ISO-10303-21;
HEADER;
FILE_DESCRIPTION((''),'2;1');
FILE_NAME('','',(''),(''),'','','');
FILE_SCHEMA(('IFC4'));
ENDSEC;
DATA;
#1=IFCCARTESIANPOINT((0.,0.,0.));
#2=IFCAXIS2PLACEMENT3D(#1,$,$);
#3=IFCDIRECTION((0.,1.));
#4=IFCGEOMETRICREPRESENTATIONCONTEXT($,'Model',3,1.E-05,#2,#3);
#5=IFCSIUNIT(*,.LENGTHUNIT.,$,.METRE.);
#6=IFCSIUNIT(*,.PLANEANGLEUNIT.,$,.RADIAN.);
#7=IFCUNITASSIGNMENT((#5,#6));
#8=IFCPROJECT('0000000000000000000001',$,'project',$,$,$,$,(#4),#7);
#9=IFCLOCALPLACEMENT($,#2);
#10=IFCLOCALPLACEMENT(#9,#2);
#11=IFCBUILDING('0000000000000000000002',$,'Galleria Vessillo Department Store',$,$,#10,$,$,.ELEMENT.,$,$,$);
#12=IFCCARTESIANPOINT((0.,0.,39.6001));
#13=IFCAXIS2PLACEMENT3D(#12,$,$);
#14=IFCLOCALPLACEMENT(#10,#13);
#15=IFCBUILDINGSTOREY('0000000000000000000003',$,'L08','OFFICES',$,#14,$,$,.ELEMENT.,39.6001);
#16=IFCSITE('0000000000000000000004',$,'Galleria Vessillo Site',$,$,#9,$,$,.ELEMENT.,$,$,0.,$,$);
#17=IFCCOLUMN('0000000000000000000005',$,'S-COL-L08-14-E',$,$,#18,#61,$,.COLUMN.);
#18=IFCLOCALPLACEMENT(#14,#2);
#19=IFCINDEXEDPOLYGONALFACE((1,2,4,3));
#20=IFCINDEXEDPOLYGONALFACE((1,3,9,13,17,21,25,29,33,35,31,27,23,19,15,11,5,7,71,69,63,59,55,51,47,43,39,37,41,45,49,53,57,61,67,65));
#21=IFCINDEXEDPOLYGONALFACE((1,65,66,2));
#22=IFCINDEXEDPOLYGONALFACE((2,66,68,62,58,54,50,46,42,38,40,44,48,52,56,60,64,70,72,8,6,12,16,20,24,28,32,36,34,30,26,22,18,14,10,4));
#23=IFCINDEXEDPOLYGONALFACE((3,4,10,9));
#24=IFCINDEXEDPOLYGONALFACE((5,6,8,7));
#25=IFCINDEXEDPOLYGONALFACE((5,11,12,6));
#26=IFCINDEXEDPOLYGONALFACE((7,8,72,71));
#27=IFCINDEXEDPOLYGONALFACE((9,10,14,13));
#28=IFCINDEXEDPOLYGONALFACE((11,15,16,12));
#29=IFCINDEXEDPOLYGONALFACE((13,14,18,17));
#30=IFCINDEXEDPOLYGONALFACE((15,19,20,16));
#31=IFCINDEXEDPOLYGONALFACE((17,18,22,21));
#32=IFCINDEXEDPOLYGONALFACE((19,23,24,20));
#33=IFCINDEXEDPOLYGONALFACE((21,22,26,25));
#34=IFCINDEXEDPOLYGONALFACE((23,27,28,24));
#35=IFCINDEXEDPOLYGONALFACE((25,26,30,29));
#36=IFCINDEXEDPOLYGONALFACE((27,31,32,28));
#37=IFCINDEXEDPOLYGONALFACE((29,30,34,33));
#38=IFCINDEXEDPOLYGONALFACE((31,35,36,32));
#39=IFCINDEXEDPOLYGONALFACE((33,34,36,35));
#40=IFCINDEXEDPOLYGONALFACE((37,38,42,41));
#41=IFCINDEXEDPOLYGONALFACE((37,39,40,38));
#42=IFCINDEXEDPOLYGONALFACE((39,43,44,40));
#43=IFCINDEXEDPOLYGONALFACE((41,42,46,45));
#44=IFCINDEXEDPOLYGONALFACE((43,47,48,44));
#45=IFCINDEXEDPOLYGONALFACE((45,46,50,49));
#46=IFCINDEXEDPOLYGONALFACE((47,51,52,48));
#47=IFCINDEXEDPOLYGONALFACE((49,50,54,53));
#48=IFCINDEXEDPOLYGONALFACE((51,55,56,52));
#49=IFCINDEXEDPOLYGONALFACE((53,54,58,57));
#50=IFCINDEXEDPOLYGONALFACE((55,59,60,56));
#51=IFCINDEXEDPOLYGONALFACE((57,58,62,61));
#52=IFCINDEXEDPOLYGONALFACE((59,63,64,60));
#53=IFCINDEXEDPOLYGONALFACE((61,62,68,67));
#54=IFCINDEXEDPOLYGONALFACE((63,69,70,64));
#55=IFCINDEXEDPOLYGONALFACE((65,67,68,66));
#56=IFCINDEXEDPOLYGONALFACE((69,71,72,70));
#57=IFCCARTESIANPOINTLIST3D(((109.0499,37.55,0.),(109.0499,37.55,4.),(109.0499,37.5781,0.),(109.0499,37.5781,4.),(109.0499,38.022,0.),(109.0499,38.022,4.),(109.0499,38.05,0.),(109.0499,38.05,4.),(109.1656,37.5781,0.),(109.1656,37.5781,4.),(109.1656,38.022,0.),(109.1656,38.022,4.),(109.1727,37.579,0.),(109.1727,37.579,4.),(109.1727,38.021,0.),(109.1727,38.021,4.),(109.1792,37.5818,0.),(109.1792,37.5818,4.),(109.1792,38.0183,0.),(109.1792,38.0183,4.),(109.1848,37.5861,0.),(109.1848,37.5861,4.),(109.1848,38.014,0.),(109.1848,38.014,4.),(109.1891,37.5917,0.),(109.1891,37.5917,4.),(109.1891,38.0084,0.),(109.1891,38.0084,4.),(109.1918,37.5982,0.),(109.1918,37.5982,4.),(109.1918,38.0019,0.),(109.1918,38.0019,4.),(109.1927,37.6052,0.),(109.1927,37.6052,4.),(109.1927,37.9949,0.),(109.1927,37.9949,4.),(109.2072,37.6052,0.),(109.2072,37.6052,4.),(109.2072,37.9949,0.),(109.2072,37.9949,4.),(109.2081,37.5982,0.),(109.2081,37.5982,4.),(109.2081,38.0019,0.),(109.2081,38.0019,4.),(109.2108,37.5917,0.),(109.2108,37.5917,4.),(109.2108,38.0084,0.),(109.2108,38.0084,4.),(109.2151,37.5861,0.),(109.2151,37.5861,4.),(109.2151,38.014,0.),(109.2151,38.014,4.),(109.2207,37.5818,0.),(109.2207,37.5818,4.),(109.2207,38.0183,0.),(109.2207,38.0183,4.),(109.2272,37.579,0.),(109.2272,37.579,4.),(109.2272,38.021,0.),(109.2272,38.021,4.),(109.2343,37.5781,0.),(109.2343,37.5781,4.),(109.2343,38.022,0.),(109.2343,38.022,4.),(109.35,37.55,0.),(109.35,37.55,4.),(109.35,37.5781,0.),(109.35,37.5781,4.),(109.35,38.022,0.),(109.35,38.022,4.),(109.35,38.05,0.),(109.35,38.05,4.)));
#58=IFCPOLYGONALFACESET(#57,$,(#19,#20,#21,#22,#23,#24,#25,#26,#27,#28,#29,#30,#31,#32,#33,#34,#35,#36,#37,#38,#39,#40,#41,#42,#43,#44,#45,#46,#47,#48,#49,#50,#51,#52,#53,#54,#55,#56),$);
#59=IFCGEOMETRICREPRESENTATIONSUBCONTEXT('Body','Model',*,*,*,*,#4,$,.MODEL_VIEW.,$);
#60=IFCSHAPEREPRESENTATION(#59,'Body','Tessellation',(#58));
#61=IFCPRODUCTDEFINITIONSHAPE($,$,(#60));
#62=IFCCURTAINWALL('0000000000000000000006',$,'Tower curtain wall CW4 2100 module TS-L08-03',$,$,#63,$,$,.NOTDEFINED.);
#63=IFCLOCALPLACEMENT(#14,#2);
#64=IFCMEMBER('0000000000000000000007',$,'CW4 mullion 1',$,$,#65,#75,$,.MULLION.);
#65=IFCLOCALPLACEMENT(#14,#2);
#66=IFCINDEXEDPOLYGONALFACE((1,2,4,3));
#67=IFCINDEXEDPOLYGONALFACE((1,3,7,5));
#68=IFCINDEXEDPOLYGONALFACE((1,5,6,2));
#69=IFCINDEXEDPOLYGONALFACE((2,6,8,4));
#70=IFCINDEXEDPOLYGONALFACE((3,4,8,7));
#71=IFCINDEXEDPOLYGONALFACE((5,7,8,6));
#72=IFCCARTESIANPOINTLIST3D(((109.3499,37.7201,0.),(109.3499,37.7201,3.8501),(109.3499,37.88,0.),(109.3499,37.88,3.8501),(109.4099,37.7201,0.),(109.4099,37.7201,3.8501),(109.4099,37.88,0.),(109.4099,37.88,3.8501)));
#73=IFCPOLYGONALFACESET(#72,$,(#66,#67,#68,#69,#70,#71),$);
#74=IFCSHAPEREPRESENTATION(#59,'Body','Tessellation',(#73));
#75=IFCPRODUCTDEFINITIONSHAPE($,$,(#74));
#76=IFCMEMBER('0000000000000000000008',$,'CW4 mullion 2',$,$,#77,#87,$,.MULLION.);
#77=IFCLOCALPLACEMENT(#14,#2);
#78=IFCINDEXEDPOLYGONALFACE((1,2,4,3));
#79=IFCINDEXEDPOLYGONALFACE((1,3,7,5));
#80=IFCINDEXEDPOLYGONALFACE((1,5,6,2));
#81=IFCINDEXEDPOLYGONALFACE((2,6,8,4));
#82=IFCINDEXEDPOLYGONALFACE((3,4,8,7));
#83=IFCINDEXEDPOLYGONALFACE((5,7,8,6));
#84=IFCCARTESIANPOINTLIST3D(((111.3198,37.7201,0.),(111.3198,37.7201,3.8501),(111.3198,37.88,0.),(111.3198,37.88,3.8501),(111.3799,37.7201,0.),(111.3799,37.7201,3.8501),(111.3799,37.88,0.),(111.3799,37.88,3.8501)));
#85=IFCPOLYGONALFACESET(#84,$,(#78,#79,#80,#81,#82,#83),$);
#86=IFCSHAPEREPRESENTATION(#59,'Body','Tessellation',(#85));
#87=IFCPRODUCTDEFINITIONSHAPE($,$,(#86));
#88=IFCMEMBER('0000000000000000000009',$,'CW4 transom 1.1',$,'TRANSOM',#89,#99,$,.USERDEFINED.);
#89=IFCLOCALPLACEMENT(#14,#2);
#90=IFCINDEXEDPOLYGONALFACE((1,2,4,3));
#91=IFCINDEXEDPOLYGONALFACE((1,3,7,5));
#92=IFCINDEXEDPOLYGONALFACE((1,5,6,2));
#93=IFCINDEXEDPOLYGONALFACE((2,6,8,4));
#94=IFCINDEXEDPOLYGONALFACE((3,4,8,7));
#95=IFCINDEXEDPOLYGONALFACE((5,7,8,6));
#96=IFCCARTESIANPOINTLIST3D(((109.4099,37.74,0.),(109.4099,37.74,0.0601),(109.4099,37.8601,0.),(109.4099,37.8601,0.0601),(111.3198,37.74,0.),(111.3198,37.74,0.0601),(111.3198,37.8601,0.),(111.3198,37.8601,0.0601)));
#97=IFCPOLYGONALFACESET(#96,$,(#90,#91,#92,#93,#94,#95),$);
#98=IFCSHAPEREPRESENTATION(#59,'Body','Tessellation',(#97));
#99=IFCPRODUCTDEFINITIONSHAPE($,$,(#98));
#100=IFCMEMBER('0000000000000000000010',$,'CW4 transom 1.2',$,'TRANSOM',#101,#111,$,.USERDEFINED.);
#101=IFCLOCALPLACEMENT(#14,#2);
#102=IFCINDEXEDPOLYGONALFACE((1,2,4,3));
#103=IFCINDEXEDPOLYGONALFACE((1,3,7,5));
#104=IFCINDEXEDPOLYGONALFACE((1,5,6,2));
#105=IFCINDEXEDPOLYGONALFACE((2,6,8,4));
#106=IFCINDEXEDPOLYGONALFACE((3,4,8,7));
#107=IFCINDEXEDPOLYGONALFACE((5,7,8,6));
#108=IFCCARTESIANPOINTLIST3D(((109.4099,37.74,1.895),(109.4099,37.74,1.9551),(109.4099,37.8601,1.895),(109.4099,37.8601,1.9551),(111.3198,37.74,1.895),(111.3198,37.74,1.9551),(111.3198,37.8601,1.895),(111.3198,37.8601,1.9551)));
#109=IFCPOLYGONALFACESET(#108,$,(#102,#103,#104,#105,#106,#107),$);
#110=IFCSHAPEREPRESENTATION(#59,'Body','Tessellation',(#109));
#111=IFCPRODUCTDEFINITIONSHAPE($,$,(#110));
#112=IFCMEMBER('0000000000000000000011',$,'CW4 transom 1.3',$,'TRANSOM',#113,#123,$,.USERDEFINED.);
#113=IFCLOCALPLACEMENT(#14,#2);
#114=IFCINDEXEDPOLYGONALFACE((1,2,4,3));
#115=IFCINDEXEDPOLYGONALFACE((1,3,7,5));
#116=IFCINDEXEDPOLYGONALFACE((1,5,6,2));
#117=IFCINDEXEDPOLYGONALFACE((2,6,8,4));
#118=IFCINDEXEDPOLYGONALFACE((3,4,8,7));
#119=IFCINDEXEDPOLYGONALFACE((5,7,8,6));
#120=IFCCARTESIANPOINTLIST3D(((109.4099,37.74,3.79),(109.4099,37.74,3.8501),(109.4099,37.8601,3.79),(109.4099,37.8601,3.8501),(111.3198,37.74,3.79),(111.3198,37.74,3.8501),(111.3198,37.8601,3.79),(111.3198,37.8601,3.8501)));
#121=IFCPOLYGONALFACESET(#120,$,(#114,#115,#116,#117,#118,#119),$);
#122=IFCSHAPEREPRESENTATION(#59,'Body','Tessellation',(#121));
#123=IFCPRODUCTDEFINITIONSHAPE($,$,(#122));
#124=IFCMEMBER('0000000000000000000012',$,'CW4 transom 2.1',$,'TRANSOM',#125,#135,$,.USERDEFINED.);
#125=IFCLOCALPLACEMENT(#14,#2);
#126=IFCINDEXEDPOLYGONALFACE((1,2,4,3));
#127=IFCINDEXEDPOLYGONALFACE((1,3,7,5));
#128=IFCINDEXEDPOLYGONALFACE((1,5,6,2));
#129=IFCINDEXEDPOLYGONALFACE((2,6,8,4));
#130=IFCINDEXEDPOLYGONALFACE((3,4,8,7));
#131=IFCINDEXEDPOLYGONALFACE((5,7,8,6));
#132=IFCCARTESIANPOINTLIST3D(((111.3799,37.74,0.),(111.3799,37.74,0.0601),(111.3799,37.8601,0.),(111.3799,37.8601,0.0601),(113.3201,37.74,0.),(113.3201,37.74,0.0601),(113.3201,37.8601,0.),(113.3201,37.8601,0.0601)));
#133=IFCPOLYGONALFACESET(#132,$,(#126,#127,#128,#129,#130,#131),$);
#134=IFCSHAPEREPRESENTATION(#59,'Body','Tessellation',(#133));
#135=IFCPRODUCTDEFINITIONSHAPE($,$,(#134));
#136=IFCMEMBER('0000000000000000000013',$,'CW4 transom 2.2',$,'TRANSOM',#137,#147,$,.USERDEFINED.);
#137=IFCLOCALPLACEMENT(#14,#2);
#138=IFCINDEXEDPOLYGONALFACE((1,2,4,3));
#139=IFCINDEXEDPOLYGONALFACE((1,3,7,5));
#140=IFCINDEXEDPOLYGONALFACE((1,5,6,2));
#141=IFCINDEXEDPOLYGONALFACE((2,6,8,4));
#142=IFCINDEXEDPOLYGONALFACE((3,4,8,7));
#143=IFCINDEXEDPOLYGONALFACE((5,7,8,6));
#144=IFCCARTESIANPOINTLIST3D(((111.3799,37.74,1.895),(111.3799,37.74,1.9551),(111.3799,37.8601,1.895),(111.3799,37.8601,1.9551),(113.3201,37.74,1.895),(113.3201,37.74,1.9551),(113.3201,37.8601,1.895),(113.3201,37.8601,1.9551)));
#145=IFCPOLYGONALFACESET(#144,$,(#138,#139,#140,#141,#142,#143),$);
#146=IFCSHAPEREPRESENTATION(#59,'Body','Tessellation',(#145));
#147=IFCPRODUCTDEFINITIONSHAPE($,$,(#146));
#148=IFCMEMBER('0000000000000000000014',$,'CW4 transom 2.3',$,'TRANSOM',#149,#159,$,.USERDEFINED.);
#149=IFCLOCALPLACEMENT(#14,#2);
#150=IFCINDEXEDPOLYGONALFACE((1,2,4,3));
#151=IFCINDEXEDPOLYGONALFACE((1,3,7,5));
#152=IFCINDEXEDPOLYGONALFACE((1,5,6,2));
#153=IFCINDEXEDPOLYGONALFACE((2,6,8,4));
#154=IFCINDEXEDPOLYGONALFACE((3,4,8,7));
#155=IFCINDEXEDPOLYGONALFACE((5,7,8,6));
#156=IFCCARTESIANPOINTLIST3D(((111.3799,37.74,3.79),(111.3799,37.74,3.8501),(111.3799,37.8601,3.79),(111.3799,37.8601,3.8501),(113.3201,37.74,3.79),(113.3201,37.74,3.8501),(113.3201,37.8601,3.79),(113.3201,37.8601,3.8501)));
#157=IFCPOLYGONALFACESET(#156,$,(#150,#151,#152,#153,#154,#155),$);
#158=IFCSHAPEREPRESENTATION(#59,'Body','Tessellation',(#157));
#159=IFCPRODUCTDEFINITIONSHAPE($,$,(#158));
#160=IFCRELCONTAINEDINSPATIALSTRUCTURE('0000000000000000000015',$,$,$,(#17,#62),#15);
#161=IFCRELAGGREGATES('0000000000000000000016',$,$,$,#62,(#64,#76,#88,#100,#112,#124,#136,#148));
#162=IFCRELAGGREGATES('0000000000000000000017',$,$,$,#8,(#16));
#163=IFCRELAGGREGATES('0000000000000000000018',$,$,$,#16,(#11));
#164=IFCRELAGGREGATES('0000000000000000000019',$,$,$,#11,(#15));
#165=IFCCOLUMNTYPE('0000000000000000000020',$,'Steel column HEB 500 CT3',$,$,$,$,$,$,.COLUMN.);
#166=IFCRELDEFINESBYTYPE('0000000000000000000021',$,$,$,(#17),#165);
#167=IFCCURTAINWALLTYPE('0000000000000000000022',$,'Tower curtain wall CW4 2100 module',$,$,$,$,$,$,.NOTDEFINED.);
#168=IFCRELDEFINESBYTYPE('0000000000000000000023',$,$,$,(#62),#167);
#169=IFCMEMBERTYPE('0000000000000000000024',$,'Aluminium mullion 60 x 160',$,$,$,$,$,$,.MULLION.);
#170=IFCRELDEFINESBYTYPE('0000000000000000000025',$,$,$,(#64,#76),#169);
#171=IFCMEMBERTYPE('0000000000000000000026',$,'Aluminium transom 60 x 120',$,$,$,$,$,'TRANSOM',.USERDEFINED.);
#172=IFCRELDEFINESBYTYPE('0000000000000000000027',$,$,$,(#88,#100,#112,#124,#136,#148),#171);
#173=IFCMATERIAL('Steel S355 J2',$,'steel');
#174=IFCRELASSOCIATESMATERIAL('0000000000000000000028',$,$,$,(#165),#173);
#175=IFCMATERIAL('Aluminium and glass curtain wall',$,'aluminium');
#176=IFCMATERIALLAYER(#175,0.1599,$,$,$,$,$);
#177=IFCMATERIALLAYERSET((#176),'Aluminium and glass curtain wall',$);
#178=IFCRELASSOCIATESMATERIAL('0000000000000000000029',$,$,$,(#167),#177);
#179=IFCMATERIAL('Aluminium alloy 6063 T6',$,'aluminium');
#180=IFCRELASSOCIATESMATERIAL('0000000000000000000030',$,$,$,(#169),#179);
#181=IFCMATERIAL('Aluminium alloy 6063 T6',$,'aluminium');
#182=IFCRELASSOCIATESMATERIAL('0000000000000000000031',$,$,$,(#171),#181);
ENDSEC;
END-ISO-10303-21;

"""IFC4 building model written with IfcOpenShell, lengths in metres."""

from ifc_helpers import new_model, si_unit, direction, frame, origin, origin_2d, place, context, subcontext, project, spatial, rectangle, i_section, extrude, material, layer, layer_set, material_profile, profile_set, type_object, element, aggregate, save


model = new_model("IFC4")

# Units and contexts
model_context = context("Model", 3, precision=1e-05, world=origin(), true_north=direction((0.0, 1.0)))
body_context = subcontext(model_context, "Body", "Model", "MODEL_VIEW")
ifc_project = project(units=[si_unit("LENGTHUNIT", "METRE"), si_unit("PLANEANGLEUNIT", "RADIAN")], contexts=[model_context])

# Site, building, storey
site_placement = place(None, origin())
site = spatial("IfcSite", under=ifc_project, at=site_placement, Name="Galleria Vessillo Site", CompositionType="ELEMENT", RefElevation=0.0)
building_placement = place(site_placement, origin())
building = spatial("IfcBuilding", under=site, at=building_placement, Name="Galleria Vessillo Department Store", CompositionType="ELEMENT")
storey_placement = place(building_placement, frame((0.0, 0.0, 39.6001)))
storey = spatial("IfcBuildingStorey", under=building, at=storey_placement, Name="L08", Description="OFFICES", CompositionType="ELEMENT", Elevation=39.6001)

# Column
ifc_material_1 = material(Name="Steel S355 J2", Category="steel")
ifc_material_profile_1 = material_profile(ifc_material_1, i_section(OverallWidth=0.3, OverallDepth=0.5, WebThickness=0.0144, FlangeThickness=0.0281, FilletRadius=0.0271, at=origin_2d()), Name="HEB 500")
ifc_profile_set_1 = profile_set([ifc_material_profile_1], Name="Steel S355 J2")
column_type = type_object("IfcColumnType", Name="Steel column HEB 500 CT3", PredefinedType="COLUMN", material=ifc_profile_set_1)
column_placement = place(storey_placement, frame((109.2, 37.8, 0.0), z_axis=(0.0, 0.0, 1.0), x_axis=(1.0, 0.0, 0.0)))
element("IfcColumn", 1, at=column_placement, inside=storey, type_object=column_type, Name="S-COL-L08-14-E", PredefinedType="COLUMN", context=body_context, shape_type="SweptSolid", body=[
    extrude(i_section(OverallWidth=0.3, OverallDepth=0.5, WebThickness=0.0144, FlangeThickness=0.0281, FilletRadius=0.0271, at=origin_2d()), origin(), (0.0, 0.0, 1.0), 4.0),
])

# Curtain wall, members
ifc_material_2 = material(Name="Aluminium and glass curtain wall", Category="aluminium")
ifc_layer_1 = layer(ifc_material_2, 0.1599)
ifc_layer_set_1 = layer_set([ifc_layer_1], Name="Aluminium and glass curtain wall")
curtain_wall_type = type_object("IfcCurtainWallType", Name="Tower curtain wall CW4 2100 module", PredefinedType="NOTDEFINED", material=ifc_layer_set_1)
curtain_wall_placement = place(storey_placement, origin())
curtain_wall = element("IfcCurtainWall", 2, at=curtain_wall_placement, inside=storey, type_object=curtain_wall_type, Name="Tower curtain wall CW4 2100 module TS-L08-03", PredefinedType="NOTDEFINED")
ifc_material_3 = material(Name="Aluminium alloy 6063 T6", Category="aluminium")
ifc_material_profile_2 = material_profile(ifc_material_3, rectangle(XDim=0.1599, YDim=0.0601, at=origin_2d()), Name="AL 60x160")
ifc_profile_set_2 = profile_set([ifc_material_profile_2], Name="Aluminium alloy 6063 T6")
member_type_1 = type_object("IfcMemberType", Name="Aluminium mullion 60 x 160", PredefinedType="MULLION", material=ifc_profile_set_2)
member_1_placement = place(storey_placement, frame((109.3799, 37.8, 0.0), z_axis=(0.0, 0.0, 1.0), x_axis=(0.0, 1.0, 0.0)))
member_1 = element("IfcMember", 3, at=member_1_placement, type_object=member_type_1, Name="CW4 mullion 1", PredefinedType="MULLION", context=body_context, shape_type="SweptSolid", body=[
    extrude(rectangle(XDim=0.1599, YDim=0.0601, at=origin_2d()), origin(), (0.0, 0.0, 1.0), 3.8501),
])
member_2_placement = place(storey_placement, frame((111.3499, 37.8, 0.0), z_axis=(0.0, 0.0, 1.0), x_axis=(0.0, 1.0, 0.0)))
member_2 = element("IfcMember", 4, at=member_2_placement, type_object=member_type_1, Name="CW4 mullion 2", PredefinedType="MULLION", context=body_context, shape_type="SweptSolid", body=[
    extrude(rectangle(XDim=0.1599, YDim=0.0601, at=origin_2d()), origin(), (0.0, 0.0, 1.0), 3.8501),
])
ifc_material_4 = material(Name="Aluminium alloy 6063 T6", Category="aluminium")
ifc_material_profile_3 = material_profile(ifc_material_4, rectangle(XDim=0.1201, YDim=0.0601, at=origin_2d()), Name="AL 60x120")
ifc_profile_set_3 = profile_set([ifc_material_profile_3], Name="Aluminium alloy 6063 T6")
member_type_2 = type_object("IfcMemberType", Name="Aluminium transom 60 x 120", ElementType="TRANSOM", PredefinedType="USERDEFINED", material=ifc_profile_set_3)
member_3_placement = place(storey_placement, frame((109.4099, 37.8, 0.03), z_axis=(1.0, 0.0, 0.0), x_axis=(0.0, 1.0, 0.0)))
member_3 = element("IfcMember", 5, at=member_3_placement, type_object=member_type_2, Name="CW4 transom 1.1", ObjectType="TRANSOM", PredefinedType="USERDEFINED", context=body_context, shape_type="SweptSolid", body=[
    extrude(rectangle(XDim=0.1201, YDim=0.0601, at=origin_2d()), origin(), (0.0, 0.0, 1.0), 1.9099),
])
member_4_placement = place(storey_placement, frame((109.4099, 37.8, 1.925), z_axis=(1.0, 0.0, 0.0), x_axis=(0.0, 1.0, 0.0)))
member_4 = element("IfcMember", 6, at=member_4_placement, type_object=member_type_2, Name="CW4 transom 1.2", ObjectType="TRANSOM", PredefinedType="USERDEFINED", context=body_context, shape_type="SweptSolid", body=[
    extrude(rectangle(XDim=0.1201, YDim=0.0601, at=origin_2d()), origin(), (0.0, 0.0, 1.0), 1.9099),
])
member_5_placement = place(storey_placement, frame((109.4099, 37.8, 3.8201), z_axis=(1.0, 0.0, 0.0), x_axis=(0.0, 1.0, 0.0)))
member_5 = element("IfcMember", 7, at=member_5_placement, type_object=member_type_2, Name="CW4 transom 1.3", ObjectType="TRANSOM", PredefinedType="USERDEFINED", context=body_context, shape_type="SweptSolid", body=[
    extrude(rectangle(XDim=0.1201, YDim=0.0601, at=origin_2d()), origin(), (0.0, 0.0, 1.0), 1.9099),
])
member_6_placement = place(storey_placement, frame((111.3799, 37.8, 0.03), z_axis=(1.0, 0.0, 0.0), x_axis=(0.0, 1.0, 0.0)))
member_6 = element("IfcMember", 8, at=member_6_placement, type_object=member_type_2, Name="CW4 transom 2.1", ObjectType="TRANSOM", PredefinedType="USERDEFINED", context=body_context, shape_type="SweptSolid", body=[
    extrude(rectangle(XDim=0.1201, YDim=0.0601, at=origin_2d()), origin(), (0.0, 0.0, 1.0), 1.9402),
])
member_7_placement = place(storey_placement, frame((111.3799, 37.8, 1.925), z_axis=(1.0, 0.0, 0.0), x_axis=(0.0, 1.0, 0.0)))
member_7 = element("IfcMember", 9, at=member_7_placement, type_object=member_type_2, Name="CW4 transom 2.2", ObjectType="TRANSOM", PredefinedType="USERDEFINED", context=body_context, shape_type="SweptSolid", body=[
    extrude(rectangle(XDim=0.1201, YDim=0.0601, at=origin_2d()), origin(), (0.0, 0.0, 1.0), 1.9402),
])
member_8_placement = place(storey_placement, frame((111.3799, 37.8, 3.8201), z_axis=(1.0, 0.0, 0.0), x_axis=(0.0, 1.0, 0.0)))
member_8 = element("IfcMember", 10, at=member_8_placement, type_object=member_type_2, Name="CW4 transom 2.3", ObjectType="TRANSOM", PredefinedType="USERDEFINED", context=body_context, shape_type="SweptSolid", body=[
    extrude(rectangle(XDim=0.1201, YDim=0.0601, at=origin_2d()), origin(), (0.0, 0.0, 1.0), 1.9402),
])

aggregate(curtain_wall, [member_1, member_2, member_3, member_4, member_5, member_6, member_7, member_8])

save(model, "model.ifc")
